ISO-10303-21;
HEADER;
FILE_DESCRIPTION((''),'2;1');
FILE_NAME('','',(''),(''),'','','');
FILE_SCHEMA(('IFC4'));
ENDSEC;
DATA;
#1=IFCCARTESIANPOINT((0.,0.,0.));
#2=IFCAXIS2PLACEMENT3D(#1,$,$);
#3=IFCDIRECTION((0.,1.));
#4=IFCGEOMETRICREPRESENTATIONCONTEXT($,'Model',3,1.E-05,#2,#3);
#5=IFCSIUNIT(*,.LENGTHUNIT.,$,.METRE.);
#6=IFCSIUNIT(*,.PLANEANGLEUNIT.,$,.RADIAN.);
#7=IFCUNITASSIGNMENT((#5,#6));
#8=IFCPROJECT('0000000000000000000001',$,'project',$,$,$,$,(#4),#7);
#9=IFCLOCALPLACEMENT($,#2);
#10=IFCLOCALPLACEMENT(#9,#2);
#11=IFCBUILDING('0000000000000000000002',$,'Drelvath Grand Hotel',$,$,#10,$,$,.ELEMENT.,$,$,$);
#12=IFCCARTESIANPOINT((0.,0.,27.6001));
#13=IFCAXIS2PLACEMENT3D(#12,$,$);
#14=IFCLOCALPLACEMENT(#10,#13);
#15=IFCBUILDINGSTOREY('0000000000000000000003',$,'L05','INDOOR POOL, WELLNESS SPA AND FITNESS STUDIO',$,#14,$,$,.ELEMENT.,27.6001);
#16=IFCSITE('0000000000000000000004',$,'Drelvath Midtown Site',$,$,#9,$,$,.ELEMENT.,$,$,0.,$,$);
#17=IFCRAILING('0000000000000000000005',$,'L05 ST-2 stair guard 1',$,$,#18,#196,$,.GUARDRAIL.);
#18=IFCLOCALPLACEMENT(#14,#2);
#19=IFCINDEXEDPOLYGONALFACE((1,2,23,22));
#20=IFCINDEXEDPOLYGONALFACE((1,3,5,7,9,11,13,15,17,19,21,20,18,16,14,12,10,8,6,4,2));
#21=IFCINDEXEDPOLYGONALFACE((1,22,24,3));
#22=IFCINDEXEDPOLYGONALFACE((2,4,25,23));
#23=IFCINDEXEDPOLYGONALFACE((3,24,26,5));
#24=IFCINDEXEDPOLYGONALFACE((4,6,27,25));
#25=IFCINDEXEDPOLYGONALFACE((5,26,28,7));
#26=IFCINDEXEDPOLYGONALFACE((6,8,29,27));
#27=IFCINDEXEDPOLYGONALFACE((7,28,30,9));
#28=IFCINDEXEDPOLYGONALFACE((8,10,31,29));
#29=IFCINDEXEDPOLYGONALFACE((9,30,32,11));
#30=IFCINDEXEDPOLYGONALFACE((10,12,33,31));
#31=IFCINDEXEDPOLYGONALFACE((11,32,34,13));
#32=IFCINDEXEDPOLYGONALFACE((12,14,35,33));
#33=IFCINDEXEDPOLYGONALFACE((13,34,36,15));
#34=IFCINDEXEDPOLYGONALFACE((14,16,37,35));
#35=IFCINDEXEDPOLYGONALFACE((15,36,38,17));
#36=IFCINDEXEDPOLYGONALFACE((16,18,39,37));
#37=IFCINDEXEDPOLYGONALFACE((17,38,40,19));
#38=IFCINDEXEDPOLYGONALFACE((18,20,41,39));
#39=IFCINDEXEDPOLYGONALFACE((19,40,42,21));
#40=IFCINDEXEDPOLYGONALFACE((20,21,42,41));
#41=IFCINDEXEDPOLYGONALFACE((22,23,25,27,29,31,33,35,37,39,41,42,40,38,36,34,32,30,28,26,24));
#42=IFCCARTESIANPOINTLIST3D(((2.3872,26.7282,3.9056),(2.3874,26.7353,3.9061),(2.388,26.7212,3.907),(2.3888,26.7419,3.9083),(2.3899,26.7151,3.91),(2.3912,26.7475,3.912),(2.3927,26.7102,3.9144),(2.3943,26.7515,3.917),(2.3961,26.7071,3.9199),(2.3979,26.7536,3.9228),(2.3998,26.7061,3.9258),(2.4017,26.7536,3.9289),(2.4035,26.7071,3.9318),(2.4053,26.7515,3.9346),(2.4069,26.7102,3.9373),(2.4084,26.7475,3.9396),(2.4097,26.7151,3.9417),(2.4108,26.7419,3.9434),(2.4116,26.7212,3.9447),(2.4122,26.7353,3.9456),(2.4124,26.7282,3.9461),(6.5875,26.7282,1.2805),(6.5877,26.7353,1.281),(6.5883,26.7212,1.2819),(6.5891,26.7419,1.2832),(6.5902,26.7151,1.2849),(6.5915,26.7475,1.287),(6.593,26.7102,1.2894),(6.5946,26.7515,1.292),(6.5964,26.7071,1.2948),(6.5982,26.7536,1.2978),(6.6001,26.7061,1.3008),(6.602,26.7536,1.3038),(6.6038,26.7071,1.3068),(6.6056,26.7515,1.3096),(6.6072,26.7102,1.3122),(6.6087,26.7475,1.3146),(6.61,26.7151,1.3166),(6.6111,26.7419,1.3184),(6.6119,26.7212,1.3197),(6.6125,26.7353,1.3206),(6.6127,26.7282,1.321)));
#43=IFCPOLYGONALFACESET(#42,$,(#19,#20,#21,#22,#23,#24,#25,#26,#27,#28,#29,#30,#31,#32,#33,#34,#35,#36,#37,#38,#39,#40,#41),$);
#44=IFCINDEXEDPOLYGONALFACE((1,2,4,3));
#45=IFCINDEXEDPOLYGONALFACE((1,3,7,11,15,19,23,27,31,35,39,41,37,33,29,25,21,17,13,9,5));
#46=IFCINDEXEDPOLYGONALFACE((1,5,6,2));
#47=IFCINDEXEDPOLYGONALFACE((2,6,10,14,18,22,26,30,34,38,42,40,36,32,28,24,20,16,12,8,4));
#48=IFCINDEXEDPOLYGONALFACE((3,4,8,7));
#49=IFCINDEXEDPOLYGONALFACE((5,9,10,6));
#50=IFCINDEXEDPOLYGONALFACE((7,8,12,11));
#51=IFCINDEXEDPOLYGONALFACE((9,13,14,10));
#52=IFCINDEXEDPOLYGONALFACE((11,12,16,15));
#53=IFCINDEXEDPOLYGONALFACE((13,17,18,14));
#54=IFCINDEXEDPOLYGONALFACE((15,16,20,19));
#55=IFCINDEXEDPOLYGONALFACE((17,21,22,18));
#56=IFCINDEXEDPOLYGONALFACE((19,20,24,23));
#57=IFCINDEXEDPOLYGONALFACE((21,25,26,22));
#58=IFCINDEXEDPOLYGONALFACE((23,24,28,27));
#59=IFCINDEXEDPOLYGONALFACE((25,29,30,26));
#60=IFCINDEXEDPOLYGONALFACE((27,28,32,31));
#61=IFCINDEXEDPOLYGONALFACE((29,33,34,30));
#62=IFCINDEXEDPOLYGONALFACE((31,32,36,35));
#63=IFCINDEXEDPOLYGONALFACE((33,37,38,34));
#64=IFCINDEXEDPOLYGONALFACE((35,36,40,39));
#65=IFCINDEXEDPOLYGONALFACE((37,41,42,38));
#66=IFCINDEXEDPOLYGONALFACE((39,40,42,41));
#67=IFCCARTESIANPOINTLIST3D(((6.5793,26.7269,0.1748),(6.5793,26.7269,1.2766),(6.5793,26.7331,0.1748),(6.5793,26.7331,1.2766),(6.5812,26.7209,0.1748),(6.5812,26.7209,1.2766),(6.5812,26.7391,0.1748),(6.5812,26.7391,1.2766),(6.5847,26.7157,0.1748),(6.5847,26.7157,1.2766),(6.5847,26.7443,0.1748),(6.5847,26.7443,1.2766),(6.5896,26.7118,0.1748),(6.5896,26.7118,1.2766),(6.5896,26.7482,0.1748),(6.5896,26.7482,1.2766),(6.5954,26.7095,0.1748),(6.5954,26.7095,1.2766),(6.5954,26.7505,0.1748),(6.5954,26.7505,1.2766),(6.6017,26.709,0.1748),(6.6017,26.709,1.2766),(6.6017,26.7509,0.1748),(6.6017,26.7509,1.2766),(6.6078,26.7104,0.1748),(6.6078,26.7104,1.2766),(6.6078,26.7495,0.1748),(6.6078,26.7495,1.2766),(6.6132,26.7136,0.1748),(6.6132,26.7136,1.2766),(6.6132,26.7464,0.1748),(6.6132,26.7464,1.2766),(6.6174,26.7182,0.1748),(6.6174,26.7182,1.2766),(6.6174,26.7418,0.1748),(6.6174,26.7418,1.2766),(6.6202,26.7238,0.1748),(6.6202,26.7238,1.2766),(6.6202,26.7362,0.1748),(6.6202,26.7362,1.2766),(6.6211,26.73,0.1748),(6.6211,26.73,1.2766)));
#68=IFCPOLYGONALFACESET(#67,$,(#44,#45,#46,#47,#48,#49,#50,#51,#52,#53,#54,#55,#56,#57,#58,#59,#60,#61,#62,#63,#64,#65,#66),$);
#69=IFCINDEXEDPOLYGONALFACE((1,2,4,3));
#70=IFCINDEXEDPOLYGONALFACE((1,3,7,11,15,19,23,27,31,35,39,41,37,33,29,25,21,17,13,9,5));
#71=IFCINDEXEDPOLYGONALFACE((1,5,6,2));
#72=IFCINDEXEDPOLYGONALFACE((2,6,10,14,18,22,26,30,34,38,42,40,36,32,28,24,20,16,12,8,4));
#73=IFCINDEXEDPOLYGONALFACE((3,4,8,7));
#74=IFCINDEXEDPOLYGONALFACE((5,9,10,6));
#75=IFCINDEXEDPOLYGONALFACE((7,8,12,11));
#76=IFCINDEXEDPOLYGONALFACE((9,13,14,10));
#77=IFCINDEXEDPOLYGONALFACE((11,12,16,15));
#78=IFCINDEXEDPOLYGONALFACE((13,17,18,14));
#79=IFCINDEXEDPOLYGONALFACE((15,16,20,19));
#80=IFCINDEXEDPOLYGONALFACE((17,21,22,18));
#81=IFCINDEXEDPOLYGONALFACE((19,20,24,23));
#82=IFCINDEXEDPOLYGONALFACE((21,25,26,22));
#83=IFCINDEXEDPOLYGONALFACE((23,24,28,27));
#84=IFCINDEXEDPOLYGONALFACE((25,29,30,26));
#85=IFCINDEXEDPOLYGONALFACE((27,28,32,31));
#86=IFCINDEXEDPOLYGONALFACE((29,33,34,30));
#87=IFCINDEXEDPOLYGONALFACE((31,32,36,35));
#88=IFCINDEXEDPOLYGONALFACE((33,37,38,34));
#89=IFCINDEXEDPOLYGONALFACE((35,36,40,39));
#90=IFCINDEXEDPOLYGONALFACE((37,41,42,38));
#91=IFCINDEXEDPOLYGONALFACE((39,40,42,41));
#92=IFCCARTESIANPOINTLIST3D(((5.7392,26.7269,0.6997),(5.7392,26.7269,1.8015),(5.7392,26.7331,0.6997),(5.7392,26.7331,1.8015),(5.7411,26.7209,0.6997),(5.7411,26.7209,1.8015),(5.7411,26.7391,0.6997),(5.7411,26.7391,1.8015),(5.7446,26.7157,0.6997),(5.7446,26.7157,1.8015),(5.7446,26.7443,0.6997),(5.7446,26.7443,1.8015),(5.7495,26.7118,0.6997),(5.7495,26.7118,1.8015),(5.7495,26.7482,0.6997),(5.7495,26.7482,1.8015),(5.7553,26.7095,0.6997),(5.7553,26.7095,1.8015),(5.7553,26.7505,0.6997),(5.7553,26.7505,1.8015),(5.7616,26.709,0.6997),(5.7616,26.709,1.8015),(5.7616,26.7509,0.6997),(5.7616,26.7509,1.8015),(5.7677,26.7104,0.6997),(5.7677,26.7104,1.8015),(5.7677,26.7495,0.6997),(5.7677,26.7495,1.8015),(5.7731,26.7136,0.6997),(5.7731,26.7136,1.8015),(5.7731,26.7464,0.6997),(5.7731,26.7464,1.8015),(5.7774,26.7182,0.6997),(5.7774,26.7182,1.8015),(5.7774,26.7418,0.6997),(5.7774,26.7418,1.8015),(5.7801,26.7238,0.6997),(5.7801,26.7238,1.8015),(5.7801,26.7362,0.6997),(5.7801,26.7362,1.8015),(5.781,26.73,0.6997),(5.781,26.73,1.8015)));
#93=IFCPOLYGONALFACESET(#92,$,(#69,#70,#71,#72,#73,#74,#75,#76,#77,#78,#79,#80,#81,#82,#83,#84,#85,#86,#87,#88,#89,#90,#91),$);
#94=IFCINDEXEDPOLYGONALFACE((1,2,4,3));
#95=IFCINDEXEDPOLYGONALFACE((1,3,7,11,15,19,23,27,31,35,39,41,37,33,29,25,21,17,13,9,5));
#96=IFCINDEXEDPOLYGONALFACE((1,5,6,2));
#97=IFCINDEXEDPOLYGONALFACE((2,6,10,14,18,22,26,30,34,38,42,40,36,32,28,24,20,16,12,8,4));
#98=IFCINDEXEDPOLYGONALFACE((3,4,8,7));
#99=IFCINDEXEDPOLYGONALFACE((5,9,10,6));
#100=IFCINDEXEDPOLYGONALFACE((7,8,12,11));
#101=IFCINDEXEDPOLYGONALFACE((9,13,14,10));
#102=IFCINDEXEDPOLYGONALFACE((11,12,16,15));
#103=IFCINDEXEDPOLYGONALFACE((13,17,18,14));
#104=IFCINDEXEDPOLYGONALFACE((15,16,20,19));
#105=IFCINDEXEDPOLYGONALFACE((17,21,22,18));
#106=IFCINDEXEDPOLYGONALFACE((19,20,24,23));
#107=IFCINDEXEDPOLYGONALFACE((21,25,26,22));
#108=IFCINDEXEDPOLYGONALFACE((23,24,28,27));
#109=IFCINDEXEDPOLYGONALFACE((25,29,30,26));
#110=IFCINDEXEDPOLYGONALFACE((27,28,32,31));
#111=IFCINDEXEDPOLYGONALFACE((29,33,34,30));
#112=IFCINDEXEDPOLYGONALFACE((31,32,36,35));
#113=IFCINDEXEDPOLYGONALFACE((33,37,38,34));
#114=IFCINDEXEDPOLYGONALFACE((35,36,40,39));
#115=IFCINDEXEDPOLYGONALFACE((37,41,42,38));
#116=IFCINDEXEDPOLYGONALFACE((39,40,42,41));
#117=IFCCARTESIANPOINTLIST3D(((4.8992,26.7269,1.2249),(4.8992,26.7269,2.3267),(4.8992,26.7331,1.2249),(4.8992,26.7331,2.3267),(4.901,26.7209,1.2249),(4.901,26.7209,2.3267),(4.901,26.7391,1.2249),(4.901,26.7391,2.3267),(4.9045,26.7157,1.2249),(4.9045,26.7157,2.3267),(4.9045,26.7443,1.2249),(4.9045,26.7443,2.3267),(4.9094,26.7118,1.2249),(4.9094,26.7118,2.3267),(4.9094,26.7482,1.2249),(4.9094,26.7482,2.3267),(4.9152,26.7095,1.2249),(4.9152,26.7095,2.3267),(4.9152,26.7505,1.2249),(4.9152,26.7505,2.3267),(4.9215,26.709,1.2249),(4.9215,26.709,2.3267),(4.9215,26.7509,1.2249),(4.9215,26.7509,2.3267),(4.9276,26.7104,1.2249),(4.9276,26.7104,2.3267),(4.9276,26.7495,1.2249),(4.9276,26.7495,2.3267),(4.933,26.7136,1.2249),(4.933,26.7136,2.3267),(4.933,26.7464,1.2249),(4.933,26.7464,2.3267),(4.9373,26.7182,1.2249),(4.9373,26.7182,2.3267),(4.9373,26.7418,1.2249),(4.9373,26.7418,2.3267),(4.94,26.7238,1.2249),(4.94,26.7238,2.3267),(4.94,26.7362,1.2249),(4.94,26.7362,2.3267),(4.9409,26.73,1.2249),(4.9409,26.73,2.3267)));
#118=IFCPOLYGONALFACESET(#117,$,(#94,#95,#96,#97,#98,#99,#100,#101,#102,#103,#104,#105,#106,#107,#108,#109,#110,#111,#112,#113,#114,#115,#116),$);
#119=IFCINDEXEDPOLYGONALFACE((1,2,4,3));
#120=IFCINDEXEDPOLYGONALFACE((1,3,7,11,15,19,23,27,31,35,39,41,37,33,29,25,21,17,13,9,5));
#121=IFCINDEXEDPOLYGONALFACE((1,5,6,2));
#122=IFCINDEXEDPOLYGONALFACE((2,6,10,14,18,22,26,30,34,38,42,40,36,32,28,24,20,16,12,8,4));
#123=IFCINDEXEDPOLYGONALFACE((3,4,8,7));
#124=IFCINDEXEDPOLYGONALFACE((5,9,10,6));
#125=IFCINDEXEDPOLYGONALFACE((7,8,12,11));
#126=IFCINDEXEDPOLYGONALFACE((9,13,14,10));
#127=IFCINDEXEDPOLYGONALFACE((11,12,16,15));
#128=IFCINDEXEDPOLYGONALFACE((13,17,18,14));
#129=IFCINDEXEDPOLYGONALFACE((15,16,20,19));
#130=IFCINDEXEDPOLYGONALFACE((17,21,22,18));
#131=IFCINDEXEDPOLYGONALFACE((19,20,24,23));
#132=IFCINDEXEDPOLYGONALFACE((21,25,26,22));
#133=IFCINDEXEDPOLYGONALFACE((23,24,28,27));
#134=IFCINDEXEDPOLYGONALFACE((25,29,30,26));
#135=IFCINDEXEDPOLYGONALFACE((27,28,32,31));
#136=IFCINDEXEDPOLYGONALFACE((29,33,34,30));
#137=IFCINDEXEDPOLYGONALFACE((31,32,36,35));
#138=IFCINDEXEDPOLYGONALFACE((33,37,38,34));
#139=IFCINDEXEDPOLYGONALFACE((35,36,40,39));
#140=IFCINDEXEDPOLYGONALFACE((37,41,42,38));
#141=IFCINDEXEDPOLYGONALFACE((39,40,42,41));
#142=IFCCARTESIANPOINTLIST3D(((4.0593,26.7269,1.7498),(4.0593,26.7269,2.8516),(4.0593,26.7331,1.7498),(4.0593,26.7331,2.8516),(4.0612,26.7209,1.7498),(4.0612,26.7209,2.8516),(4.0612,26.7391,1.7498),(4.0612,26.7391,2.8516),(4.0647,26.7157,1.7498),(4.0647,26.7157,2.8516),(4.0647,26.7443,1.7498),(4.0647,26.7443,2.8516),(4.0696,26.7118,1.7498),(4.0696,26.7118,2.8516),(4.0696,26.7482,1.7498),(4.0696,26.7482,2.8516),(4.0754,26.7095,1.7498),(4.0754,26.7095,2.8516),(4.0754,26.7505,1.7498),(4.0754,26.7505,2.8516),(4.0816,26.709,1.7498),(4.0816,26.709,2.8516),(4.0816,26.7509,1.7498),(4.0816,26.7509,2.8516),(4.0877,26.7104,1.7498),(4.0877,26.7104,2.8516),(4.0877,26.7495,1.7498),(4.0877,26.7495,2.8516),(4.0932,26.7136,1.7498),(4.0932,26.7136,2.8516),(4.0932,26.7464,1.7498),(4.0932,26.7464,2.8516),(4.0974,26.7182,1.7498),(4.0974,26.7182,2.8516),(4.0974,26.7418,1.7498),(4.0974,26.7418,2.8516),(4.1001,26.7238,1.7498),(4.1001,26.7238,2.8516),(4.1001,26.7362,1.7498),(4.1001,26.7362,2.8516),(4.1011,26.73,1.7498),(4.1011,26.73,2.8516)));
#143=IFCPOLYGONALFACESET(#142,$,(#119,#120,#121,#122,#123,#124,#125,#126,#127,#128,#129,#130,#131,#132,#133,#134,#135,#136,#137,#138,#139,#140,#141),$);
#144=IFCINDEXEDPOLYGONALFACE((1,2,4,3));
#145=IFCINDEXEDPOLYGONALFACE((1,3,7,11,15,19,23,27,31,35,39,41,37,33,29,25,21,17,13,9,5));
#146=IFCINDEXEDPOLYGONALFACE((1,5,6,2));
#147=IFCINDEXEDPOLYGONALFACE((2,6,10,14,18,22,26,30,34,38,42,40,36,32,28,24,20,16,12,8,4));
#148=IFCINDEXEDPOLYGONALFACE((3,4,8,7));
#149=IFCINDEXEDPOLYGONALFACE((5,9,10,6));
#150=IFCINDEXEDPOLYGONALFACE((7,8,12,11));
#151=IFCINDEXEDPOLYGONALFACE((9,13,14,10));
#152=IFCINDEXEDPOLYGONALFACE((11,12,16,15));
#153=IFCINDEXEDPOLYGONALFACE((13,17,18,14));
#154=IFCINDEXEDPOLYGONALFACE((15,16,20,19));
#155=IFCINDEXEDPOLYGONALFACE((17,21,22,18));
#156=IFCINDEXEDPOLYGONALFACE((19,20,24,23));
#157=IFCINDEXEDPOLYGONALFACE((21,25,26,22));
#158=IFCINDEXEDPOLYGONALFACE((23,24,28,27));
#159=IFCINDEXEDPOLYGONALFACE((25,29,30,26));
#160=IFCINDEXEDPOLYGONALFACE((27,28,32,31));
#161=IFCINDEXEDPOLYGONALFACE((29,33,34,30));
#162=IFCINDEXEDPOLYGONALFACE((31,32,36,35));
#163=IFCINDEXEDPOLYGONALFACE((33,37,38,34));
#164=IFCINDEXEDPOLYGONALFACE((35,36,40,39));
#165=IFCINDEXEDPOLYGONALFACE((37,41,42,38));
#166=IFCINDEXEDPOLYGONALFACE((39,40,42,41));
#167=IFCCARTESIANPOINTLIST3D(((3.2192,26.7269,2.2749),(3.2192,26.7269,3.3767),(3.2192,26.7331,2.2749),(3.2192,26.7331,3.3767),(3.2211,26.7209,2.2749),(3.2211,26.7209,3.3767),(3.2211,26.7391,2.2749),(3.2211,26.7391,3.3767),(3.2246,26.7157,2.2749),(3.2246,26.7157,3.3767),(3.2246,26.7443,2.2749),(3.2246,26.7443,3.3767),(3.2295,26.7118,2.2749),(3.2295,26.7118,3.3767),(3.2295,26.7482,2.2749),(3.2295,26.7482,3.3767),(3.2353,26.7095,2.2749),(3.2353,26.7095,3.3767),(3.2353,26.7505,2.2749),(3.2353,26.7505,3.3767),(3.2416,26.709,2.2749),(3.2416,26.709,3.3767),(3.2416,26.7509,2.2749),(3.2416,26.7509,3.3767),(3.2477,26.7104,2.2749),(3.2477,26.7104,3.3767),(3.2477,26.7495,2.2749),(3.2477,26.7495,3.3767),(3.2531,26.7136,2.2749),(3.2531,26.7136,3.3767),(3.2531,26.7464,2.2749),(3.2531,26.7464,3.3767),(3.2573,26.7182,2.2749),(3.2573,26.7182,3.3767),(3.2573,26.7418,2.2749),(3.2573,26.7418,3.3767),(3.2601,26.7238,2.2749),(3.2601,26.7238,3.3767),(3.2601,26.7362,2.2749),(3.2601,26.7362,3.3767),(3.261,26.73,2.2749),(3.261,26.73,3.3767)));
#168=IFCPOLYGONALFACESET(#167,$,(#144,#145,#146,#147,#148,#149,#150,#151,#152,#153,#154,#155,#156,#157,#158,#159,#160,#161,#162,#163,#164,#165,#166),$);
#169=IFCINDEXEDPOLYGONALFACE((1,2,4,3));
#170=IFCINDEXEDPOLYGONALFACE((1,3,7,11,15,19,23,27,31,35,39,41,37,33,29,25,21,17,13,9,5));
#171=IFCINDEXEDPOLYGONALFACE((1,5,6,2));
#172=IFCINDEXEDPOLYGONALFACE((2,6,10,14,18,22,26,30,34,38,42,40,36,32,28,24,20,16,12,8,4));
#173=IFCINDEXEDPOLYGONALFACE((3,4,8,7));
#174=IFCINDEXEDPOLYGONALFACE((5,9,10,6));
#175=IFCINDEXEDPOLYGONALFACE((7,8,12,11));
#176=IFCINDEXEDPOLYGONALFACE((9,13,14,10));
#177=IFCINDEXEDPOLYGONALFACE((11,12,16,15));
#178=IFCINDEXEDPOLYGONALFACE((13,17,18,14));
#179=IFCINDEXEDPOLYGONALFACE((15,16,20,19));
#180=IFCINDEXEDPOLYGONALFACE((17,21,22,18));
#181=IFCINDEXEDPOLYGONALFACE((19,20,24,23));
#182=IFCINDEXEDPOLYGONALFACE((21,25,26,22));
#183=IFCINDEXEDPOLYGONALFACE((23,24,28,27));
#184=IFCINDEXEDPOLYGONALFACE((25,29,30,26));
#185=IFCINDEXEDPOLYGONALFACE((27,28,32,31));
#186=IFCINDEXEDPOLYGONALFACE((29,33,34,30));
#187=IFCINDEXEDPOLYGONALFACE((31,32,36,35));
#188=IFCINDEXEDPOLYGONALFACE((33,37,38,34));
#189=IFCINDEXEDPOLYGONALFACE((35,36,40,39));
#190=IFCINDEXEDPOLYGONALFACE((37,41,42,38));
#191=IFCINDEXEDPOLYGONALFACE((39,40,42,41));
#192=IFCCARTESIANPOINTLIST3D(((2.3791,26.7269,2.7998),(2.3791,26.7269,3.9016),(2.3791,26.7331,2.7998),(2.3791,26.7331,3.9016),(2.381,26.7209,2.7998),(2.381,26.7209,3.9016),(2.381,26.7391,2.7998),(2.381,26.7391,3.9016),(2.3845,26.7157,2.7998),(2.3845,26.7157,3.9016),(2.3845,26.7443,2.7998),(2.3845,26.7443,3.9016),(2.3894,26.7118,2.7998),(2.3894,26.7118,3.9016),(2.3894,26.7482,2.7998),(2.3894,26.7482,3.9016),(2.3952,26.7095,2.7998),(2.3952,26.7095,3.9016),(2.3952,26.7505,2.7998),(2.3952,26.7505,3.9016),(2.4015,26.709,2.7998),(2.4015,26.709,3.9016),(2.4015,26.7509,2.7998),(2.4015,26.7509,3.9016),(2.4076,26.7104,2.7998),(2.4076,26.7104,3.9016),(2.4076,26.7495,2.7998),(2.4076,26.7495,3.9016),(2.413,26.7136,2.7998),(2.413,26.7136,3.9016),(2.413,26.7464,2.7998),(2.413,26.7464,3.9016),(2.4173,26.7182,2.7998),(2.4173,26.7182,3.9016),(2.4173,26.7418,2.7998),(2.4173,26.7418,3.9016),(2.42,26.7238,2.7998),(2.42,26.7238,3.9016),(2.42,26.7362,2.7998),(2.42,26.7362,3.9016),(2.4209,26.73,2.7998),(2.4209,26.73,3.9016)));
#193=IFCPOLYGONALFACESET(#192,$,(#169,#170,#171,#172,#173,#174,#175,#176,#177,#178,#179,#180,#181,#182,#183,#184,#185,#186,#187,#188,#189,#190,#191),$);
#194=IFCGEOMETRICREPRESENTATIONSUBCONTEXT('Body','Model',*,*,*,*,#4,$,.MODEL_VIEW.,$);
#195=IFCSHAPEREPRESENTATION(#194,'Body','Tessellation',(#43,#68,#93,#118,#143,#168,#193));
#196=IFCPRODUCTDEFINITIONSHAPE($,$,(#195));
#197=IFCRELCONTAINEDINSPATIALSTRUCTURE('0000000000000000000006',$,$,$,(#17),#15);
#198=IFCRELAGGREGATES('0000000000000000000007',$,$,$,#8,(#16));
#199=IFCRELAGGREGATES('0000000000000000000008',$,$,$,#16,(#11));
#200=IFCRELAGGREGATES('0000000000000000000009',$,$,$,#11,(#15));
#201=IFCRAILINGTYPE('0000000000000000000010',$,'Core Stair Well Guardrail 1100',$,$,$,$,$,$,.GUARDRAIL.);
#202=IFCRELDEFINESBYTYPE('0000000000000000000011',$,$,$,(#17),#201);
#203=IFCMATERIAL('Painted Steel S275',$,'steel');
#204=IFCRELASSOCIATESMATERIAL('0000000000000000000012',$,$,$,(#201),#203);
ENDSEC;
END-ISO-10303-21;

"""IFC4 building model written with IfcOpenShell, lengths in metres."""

from ifc_helpers import new_model, si_unit, direction, frame, origin, origin_2d, place, context, subcontext, project, spatial, circle, extrude, material, type_object, element, save


model = new_model("IFC4")

# Units and contexts
model_context = context("Model", 3, precision=1e-05, world=origin(), true_north=direction((0.0, 1.0)))
body_context = subcontext(model_context, "Body", "Model", "MODEL_VIEW")
ifc_project = project(units=[si_unit("LENGTHUNIT", "METRE"), si_unit("PLANEANGLEUNIT", "RADIAN")], contexts=[model_context])

# Site, building, storey
site_placement = place(None, origin())
site = spatial("IfcSite", under=ifc_project, at=site_placement, Name="Drelvath Midtown Site", CompositionType="ELEMENT", RefElevation=0.0)
building_placement = place(site_placement, origin())
building = spatial("IfcBuilding", under=site, at=building_placement, Name="Drelvath Grand Hotel", CompositionType="ELEMENT")
storey_placement = place(building_placement, frame((0.0, 0.0, 27.6001)))
storey = spatial("IfcBuildingStorey", under=building, at=storey_placement, Name="L05", Description="INDOOR POOL, WELLNESS SPA AND FITNESS STUDIO", CompositionType="ELEMENT", Elevation=27.6001)

# Shared definitions
ifc_material_1 = material(Name="Painted Steel S275", Category="steel")

# Railing
railing_type_1 = type_object("IfcRailingType", Name="Core Stair Well Guardrail 1100", PredefinedType="GUARDRAIL", material=ifc_material_1)
railing_1_placement = place(storey_placement, frame((6.6001, 26.73, 0.1748)))
element("IfcRailing", 1, at=railing_1_placement, inside=storey, type_object=railing_type_1, Name="L05 ST-2 stair guard 1", PredefinedType="GUARDRAIL", context=body_context, shape_type="SweptSolid", body=[
    extrude(circle(Radius=0.0239, at=origin_2d()), frame((0.0, 0.0, 1.126), z_axis=(-0.848009, 0.0, 0.529981), x_axis=(0.0, -1.0, 0.0)), (0.0, 0.0, 1.0), 4.9531),
    extrude(circle(Radius=0.021, at=origin_2d()), origin(), (0.0, 0.0, 1.0), 1.1018),
    extrude(circle(Radius=0.021, at=origin_2d()), frame((-0.8401, 0.0, 0.5249)), (0.0, 0.0, 1.0), 1.1018),
    extrude(circle(Radius=0.021, at=origin_2d()), frame((-1.6802, 0.0, 1.05)), (0.0, 0.0, 1.0), 1.1018),
    extrude(circle(Radius=0.021, at=origin_2d()), frame((-2.52, 0.0, 1.575)), (0.0, 0.0, 1.0), 1.1018),
    extrude(circle(Radius=0.021, at=origin_2d()), frame((-3.3601, 0.0, 2.1001)), (0.0, 0.0, 1.0), 1.1018),
    extrude(circle(Radius=0.021, at=origin_2d()), frame((-4.2002, 0.0, 2.625)), (0.0, 0.0, 1.0), 1.1018),
])

save(model, "model.ifc")
